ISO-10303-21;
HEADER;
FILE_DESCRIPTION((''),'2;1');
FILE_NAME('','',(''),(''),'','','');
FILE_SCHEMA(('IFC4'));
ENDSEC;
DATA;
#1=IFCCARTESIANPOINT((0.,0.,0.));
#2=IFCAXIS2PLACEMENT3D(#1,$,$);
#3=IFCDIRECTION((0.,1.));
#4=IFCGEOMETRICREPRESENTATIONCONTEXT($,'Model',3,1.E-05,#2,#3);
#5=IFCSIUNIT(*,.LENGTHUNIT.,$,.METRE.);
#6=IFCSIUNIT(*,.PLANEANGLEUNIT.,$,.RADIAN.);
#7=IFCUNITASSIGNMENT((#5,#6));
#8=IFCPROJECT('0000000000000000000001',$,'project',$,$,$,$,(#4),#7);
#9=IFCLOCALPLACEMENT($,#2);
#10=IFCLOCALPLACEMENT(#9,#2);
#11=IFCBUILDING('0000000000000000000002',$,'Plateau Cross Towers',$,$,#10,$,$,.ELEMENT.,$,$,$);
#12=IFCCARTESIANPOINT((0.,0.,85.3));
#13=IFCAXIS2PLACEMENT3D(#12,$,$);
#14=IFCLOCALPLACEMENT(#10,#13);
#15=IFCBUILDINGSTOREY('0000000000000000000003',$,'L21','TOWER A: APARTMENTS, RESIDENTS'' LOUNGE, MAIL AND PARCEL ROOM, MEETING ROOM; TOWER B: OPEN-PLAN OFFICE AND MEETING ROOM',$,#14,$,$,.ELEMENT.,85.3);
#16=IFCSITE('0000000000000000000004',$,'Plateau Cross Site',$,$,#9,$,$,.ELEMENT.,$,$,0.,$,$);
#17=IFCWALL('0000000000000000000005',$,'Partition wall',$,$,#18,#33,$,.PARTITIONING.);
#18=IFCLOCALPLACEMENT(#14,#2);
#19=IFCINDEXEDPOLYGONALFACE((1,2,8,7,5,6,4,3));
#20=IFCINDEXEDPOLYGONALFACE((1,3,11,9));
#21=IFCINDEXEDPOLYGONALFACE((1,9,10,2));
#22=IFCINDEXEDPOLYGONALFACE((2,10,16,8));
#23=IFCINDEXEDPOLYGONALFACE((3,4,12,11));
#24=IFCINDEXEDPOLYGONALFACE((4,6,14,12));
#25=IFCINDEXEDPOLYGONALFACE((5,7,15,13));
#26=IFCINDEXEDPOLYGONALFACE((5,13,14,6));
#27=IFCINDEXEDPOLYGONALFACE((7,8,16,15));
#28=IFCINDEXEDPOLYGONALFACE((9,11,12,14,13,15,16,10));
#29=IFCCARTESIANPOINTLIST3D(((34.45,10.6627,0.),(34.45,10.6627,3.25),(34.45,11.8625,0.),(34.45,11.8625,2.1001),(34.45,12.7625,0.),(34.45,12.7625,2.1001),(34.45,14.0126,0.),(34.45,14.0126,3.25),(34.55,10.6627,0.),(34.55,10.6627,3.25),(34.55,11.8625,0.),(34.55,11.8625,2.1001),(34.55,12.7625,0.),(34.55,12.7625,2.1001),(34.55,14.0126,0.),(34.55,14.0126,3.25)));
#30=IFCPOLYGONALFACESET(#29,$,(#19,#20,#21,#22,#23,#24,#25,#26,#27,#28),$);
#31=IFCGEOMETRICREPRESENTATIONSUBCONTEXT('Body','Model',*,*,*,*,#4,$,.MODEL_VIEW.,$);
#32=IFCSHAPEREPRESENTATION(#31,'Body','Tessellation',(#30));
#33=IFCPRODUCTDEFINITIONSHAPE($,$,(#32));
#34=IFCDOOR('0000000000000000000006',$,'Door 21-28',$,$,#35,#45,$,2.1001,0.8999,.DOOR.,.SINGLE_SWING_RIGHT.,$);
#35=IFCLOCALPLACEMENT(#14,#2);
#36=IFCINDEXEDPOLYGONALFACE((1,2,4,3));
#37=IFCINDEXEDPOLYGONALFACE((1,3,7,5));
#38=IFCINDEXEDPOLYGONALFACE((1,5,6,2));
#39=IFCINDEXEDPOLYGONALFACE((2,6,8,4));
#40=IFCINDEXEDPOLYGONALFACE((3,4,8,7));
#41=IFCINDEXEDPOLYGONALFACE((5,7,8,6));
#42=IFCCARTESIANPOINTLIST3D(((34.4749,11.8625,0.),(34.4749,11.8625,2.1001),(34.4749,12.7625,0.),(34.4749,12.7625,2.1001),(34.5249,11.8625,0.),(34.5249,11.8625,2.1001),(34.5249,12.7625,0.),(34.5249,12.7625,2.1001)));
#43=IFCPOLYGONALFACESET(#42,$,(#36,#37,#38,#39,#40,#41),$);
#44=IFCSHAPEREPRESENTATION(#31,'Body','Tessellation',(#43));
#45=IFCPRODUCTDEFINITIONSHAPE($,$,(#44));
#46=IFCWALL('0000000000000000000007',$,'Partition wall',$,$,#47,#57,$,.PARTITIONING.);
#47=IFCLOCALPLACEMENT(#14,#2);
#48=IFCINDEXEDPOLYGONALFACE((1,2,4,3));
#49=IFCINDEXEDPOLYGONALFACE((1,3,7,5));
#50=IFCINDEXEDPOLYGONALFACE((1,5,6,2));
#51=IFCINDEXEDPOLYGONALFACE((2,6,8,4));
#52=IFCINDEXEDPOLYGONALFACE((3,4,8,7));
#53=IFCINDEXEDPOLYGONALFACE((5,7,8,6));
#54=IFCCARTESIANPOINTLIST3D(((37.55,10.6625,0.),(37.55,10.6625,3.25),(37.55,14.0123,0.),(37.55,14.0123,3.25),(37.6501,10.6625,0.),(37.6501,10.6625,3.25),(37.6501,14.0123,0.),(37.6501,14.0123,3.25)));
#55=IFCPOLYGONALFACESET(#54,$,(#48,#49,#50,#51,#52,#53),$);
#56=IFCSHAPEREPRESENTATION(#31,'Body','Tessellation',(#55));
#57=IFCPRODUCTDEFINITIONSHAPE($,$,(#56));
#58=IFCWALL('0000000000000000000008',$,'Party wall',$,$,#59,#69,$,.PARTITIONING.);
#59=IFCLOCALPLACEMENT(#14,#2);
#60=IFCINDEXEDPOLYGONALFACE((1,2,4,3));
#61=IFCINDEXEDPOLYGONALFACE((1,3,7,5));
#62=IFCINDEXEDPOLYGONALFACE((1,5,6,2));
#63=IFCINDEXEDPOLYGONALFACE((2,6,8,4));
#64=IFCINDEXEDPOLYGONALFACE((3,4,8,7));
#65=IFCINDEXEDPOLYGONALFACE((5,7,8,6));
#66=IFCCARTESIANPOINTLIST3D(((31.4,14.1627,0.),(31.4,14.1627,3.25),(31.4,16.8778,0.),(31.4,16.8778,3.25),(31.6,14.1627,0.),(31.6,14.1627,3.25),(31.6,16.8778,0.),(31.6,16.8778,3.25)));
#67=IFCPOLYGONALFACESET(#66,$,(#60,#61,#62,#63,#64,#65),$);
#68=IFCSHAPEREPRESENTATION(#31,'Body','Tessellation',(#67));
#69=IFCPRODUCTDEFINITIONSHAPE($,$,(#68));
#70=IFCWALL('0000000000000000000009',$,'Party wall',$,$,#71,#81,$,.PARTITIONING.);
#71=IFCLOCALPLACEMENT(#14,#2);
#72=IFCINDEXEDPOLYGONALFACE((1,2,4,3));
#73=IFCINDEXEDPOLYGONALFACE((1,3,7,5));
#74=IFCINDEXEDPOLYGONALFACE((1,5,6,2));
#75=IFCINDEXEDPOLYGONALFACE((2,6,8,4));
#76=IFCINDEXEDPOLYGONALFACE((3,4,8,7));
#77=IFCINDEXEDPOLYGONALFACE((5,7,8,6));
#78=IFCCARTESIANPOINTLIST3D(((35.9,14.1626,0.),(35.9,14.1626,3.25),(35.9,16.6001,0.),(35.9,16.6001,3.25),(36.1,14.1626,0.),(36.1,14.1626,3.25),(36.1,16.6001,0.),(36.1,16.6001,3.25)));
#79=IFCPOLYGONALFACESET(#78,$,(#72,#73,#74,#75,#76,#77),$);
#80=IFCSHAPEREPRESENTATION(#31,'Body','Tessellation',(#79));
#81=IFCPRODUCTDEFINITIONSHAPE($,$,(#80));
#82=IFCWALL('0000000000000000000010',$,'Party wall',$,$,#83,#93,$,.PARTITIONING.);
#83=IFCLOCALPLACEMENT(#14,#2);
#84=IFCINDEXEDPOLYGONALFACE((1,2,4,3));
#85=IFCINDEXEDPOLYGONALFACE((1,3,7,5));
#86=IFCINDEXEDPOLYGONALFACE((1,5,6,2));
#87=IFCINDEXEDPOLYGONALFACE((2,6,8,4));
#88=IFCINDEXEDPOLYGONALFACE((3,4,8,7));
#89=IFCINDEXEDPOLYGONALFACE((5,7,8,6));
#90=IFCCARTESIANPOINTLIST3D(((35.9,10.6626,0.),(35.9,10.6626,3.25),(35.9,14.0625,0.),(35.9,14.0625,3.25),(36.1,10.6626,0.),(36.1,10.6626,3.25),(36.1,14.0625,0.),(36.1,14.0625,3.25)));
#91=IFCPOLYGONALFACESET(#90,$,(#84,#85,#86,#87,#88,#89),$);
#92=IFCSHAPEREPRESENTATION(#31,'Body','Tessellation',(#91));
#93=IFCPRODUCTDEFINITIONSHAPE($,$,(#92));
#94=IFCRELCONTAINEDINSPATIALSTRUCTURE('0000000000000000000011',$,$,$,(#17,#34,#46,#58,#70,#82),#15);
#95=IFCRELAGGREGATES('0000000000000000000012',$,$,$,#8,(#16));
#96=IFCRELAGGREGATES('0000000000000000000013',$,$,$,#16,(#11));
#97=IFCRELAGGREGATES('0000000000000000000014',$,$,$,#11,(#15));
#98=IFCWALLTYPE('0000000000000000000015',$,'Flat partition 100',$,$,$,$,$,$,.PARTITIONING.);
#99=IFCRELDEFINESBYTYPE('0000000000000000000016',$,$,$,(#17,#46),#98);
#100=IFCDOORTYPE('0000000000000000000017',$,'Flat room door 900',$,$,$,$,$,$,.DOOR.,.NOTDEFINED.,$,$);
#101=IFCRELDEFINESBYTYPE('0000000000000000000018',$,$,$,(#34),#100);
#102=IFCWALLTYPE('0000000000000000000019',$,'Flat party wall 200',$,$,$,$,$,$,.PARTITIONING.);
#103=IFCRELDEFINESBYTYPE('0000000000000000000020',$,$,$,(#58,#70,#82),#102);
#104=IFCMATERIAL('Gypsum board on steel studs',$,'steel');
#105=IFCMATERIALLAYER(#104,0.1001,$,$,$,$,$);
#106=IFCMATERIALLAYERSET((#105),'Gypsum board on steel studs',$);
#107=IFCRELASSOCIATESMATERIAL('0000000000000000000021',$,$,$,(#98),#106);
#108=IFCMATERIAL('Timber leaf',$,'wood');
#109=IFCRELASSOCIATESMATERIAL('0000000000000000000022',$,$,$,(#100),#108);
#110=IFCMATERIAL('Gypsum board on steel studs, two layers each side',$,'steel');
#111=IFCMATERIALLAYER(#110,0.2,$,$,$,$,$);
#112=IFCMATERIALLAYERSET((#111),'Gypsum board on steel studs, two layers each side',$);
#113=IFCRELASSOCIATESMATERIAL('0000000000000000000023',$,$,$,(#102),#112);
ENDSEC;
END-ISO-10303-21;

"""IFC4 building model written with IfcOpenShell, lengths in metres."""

from ifc_helpers import new_model, si_unit, direction, frame, frame_2d, origin, place, context, subcontext, project, spatial, rectangle, extrude, material, layer, layer_set, type_object, element, fill, save


model = new_model("IFC4")

# Units and contexts
model_context = context("Model", 3, precision=1e-05, world=origin(), true_north=direction((0.0, 1.0)))
body_context = subcontext(model_context, "Body", "Model", "MODEL_VIEW")
ifc_project = project(units=[si_unit("LENGTHUNIT", "METRE"), si_unit("PLANEANGLEUNIT", "RADIAN")], contexts=[model_context])

# Site, building, storey
site_placement = place(None, origin())
site = spatial("IfcSite", under=ifc_project, at=site_placement, Name="Plateau Cross Site", CompositionType="ELEMENT", RefElevation=0.0)
building_placement = place(site_placement, origin())
building = spatial("IfcBuilding", under=site, at=building_placement, Name="Plateau Cross Towers", CompositionType="ELEMENT")
storey_placement = place(building_placement, frame((0.0, 0.0, 85.3)))
storey = spatial("IfcBuildingStorey", under=building, at=storey_placement, Name="L21", Description="TOWER A: APARTMENTS, RESIDENTS' LOUNGE, MAIL AND PARCEL ROOM, MEETING ROOM; TOWER B: OPEN-PLAN OFFICE AND MEETING ROOM", CompositionType="ELEMENT", Elevation=85.3)

# Shared definitions
ifc_material_1 = material(Name="Gypsum board on steel studs", Category="steel")
ifc_layer_1 = layer(ifc_material_1, 0.1001)
ifc_layer_set_1 = layer_set([ifc_layer_1], Name="Gypsum board on steel studs")
wall_type_1 = type_object("IfcWallType", Name="Flat partition 100", PredefinedType="PARTITIONING", material=ifc_layer_set_1)

# Wall, opening, door
ifc_material_2 = material(Name="Timber leaf", Category="wood")
door_type = type_object("IfcDoorType", Name="Flat room door 900", OperationType="NOTDEFINED", PredefinedType="DOOR", material=ifc_material_2)
wall_1_placement = place(storey_placement, frame((34.5, 14.0125, 0.0), z_axis=(0.0, 0.0, 1.0), x_axis=(0.0, -1.0, 0.0)))
wall_1 = element("IfcWall", 1, at=wall_1_placement, inside=storey, type_object=wall_type_1, Name="Partition wall", PredefinedType="PARTITIONING", context=body_context, shape_type="SweptSolid", body=[
    extrude(rectangle(XDim=3.3499, YDim=0.1001, at=frame_2d((1.6748, 0.0))), origin(), (0.0, 0.0, 1.0), 3.25),
])
opening_1_placement = place(wall_1_placement, frame((1.25, 0.0, 0.0)))
opening_1 = element("IfcOpeningElement", 2, at=opening_1_placement, cuts=wall_1, PredefinedType="OPENING", context=body_context, shape_type="SweptSolid", body=[
    extrude(rectangle(XDim=0.8999, YDim=2.1001, at=frame_2d((0.45, 1.05))), frame((0.0, 0.0601, 0.0), z_axis=(0.0, -1.0, 0.0), x_axis=(1.0, 0.0, 0.0)), (0.0, 0.0, 1.0), 0.1201),
])
door_1_placement = place(opening_1_placement, origin())
door_1 = element("IfcDoor", 3, at=door_1_placement, inside=storey, type_object=door_type, Name="Door 21-28", OperationType="SINGLE_SWING_RIGHT", OverallHeight=2.1001, OverallWidth=0.8999, PredefinedType="DOOR", context=body_context, shape_type="SweptSolid", body=[
    extrude(rectangle(XDim=0.8999, YDim=2.1001, at=frame_2d((0.45, 1.05))), frame((0.0, 0.0249, 0.0), z_axis=(0.0, -1.0, 0.0), x_axis=(1.0, 0.0, 0.0)), (0.0, 0.0, 1.0), 0.05),
])
fill(opening_1, door_1)

# Walls
wall_2_placement = place(storey_placement, frame((37.6001, 10.6626, 0.0), z_axis=(0.0, 0.0, 1.0), x_axis=(0.0, 1.0, 0.0)))
element("IfcWall", 4, at=wall_2_placement, inside=storey, type_object=wall_type_1, Name="Partition wall", PredefinedType="PARTITIONING", context=body_context, shape_type="SweptSolid", body=[
    extrude(rectangle(XDim=3.3499, YDim=0.1001, at=frame_2d((1.6748, 0.0))), origin(), (0.0, 0.0, 1.0), 3.25),
])
ifc_material_3 = material(Name="Gypsum board on steel studs, two layers each side", Category="steel")
ifc_layer_2 = layer(ifc_material_3, 0.2)
ifc_layer_set_2 = layer_set([ifc_layer_2], Name="Gypsum board on steel studs, two layers each side")
wall_type_2 = type_object("IfcWallType", Name="Flat party wall 200", PredefinedType="PARTITIONING", material=ifc_layer_set_2)
wall_3_placement = place(storey_placement, frame((31.5, 16.8777, 0.0), z_axis=(0.0, 0.0, 1.0), x_axis=(0.0, -1.0, 0.0)))
element("IfcWall", 5, at=wall_3_placement, inside=storey, type_object=wall_type_2, Name="Party wall", PredefinedType="PARTITIONING", context=body_context, shape_type="SweptSolid", body=[
    extrude(rectangle(XDim=2.7151, YDim=0.2, at=frame_2d((1.3574, 0.0))), origin(), (0.0, 0.0, 1.0), 3.25),
])
wall_4_placement = place(storey_placement, frame((36.0, 16.6001, 0.0), z_axis=(0.0, 0.0, 1.0), x_axis=(0.0, -1.0, 0.0)))
element("IfcWall", 6, at=wall_4_placement, inside=storey, type_object=wall_type_2, Name="Party wall", PredefinedType="PARTITIONING", context=body_context, shape_type="SweptSolid", body=[
    extrude(rectangle(XDim=2.4375, YDim=0.2, at=frame_2d((1.2188, 0.0))), origin(), (0.0, 0.0, 1.0), 3.25),
])
wall_5_placement = place(storey_placement, frame((36.0, 10.6626, 0.0), z_axis=(0.0, 0.0, 1.0), x_axis=(0.0, 1.0, 0.0)))
element("IfcWall", 7, at=wall_5_placement, inside=storey, type_object=wall_type_2, Name="Party wall", PredefinedType="PARTITIONING", context=body_context, shape_type="SweptSolid", body=[
    extrude(rectangle(XDim=3.3999, YDim=0.2, at=frame_2d((1.7, 0.0))), origin(), (0.0, 0.0, 1.0), 3.25),
])

save(model, "model.ifc")
